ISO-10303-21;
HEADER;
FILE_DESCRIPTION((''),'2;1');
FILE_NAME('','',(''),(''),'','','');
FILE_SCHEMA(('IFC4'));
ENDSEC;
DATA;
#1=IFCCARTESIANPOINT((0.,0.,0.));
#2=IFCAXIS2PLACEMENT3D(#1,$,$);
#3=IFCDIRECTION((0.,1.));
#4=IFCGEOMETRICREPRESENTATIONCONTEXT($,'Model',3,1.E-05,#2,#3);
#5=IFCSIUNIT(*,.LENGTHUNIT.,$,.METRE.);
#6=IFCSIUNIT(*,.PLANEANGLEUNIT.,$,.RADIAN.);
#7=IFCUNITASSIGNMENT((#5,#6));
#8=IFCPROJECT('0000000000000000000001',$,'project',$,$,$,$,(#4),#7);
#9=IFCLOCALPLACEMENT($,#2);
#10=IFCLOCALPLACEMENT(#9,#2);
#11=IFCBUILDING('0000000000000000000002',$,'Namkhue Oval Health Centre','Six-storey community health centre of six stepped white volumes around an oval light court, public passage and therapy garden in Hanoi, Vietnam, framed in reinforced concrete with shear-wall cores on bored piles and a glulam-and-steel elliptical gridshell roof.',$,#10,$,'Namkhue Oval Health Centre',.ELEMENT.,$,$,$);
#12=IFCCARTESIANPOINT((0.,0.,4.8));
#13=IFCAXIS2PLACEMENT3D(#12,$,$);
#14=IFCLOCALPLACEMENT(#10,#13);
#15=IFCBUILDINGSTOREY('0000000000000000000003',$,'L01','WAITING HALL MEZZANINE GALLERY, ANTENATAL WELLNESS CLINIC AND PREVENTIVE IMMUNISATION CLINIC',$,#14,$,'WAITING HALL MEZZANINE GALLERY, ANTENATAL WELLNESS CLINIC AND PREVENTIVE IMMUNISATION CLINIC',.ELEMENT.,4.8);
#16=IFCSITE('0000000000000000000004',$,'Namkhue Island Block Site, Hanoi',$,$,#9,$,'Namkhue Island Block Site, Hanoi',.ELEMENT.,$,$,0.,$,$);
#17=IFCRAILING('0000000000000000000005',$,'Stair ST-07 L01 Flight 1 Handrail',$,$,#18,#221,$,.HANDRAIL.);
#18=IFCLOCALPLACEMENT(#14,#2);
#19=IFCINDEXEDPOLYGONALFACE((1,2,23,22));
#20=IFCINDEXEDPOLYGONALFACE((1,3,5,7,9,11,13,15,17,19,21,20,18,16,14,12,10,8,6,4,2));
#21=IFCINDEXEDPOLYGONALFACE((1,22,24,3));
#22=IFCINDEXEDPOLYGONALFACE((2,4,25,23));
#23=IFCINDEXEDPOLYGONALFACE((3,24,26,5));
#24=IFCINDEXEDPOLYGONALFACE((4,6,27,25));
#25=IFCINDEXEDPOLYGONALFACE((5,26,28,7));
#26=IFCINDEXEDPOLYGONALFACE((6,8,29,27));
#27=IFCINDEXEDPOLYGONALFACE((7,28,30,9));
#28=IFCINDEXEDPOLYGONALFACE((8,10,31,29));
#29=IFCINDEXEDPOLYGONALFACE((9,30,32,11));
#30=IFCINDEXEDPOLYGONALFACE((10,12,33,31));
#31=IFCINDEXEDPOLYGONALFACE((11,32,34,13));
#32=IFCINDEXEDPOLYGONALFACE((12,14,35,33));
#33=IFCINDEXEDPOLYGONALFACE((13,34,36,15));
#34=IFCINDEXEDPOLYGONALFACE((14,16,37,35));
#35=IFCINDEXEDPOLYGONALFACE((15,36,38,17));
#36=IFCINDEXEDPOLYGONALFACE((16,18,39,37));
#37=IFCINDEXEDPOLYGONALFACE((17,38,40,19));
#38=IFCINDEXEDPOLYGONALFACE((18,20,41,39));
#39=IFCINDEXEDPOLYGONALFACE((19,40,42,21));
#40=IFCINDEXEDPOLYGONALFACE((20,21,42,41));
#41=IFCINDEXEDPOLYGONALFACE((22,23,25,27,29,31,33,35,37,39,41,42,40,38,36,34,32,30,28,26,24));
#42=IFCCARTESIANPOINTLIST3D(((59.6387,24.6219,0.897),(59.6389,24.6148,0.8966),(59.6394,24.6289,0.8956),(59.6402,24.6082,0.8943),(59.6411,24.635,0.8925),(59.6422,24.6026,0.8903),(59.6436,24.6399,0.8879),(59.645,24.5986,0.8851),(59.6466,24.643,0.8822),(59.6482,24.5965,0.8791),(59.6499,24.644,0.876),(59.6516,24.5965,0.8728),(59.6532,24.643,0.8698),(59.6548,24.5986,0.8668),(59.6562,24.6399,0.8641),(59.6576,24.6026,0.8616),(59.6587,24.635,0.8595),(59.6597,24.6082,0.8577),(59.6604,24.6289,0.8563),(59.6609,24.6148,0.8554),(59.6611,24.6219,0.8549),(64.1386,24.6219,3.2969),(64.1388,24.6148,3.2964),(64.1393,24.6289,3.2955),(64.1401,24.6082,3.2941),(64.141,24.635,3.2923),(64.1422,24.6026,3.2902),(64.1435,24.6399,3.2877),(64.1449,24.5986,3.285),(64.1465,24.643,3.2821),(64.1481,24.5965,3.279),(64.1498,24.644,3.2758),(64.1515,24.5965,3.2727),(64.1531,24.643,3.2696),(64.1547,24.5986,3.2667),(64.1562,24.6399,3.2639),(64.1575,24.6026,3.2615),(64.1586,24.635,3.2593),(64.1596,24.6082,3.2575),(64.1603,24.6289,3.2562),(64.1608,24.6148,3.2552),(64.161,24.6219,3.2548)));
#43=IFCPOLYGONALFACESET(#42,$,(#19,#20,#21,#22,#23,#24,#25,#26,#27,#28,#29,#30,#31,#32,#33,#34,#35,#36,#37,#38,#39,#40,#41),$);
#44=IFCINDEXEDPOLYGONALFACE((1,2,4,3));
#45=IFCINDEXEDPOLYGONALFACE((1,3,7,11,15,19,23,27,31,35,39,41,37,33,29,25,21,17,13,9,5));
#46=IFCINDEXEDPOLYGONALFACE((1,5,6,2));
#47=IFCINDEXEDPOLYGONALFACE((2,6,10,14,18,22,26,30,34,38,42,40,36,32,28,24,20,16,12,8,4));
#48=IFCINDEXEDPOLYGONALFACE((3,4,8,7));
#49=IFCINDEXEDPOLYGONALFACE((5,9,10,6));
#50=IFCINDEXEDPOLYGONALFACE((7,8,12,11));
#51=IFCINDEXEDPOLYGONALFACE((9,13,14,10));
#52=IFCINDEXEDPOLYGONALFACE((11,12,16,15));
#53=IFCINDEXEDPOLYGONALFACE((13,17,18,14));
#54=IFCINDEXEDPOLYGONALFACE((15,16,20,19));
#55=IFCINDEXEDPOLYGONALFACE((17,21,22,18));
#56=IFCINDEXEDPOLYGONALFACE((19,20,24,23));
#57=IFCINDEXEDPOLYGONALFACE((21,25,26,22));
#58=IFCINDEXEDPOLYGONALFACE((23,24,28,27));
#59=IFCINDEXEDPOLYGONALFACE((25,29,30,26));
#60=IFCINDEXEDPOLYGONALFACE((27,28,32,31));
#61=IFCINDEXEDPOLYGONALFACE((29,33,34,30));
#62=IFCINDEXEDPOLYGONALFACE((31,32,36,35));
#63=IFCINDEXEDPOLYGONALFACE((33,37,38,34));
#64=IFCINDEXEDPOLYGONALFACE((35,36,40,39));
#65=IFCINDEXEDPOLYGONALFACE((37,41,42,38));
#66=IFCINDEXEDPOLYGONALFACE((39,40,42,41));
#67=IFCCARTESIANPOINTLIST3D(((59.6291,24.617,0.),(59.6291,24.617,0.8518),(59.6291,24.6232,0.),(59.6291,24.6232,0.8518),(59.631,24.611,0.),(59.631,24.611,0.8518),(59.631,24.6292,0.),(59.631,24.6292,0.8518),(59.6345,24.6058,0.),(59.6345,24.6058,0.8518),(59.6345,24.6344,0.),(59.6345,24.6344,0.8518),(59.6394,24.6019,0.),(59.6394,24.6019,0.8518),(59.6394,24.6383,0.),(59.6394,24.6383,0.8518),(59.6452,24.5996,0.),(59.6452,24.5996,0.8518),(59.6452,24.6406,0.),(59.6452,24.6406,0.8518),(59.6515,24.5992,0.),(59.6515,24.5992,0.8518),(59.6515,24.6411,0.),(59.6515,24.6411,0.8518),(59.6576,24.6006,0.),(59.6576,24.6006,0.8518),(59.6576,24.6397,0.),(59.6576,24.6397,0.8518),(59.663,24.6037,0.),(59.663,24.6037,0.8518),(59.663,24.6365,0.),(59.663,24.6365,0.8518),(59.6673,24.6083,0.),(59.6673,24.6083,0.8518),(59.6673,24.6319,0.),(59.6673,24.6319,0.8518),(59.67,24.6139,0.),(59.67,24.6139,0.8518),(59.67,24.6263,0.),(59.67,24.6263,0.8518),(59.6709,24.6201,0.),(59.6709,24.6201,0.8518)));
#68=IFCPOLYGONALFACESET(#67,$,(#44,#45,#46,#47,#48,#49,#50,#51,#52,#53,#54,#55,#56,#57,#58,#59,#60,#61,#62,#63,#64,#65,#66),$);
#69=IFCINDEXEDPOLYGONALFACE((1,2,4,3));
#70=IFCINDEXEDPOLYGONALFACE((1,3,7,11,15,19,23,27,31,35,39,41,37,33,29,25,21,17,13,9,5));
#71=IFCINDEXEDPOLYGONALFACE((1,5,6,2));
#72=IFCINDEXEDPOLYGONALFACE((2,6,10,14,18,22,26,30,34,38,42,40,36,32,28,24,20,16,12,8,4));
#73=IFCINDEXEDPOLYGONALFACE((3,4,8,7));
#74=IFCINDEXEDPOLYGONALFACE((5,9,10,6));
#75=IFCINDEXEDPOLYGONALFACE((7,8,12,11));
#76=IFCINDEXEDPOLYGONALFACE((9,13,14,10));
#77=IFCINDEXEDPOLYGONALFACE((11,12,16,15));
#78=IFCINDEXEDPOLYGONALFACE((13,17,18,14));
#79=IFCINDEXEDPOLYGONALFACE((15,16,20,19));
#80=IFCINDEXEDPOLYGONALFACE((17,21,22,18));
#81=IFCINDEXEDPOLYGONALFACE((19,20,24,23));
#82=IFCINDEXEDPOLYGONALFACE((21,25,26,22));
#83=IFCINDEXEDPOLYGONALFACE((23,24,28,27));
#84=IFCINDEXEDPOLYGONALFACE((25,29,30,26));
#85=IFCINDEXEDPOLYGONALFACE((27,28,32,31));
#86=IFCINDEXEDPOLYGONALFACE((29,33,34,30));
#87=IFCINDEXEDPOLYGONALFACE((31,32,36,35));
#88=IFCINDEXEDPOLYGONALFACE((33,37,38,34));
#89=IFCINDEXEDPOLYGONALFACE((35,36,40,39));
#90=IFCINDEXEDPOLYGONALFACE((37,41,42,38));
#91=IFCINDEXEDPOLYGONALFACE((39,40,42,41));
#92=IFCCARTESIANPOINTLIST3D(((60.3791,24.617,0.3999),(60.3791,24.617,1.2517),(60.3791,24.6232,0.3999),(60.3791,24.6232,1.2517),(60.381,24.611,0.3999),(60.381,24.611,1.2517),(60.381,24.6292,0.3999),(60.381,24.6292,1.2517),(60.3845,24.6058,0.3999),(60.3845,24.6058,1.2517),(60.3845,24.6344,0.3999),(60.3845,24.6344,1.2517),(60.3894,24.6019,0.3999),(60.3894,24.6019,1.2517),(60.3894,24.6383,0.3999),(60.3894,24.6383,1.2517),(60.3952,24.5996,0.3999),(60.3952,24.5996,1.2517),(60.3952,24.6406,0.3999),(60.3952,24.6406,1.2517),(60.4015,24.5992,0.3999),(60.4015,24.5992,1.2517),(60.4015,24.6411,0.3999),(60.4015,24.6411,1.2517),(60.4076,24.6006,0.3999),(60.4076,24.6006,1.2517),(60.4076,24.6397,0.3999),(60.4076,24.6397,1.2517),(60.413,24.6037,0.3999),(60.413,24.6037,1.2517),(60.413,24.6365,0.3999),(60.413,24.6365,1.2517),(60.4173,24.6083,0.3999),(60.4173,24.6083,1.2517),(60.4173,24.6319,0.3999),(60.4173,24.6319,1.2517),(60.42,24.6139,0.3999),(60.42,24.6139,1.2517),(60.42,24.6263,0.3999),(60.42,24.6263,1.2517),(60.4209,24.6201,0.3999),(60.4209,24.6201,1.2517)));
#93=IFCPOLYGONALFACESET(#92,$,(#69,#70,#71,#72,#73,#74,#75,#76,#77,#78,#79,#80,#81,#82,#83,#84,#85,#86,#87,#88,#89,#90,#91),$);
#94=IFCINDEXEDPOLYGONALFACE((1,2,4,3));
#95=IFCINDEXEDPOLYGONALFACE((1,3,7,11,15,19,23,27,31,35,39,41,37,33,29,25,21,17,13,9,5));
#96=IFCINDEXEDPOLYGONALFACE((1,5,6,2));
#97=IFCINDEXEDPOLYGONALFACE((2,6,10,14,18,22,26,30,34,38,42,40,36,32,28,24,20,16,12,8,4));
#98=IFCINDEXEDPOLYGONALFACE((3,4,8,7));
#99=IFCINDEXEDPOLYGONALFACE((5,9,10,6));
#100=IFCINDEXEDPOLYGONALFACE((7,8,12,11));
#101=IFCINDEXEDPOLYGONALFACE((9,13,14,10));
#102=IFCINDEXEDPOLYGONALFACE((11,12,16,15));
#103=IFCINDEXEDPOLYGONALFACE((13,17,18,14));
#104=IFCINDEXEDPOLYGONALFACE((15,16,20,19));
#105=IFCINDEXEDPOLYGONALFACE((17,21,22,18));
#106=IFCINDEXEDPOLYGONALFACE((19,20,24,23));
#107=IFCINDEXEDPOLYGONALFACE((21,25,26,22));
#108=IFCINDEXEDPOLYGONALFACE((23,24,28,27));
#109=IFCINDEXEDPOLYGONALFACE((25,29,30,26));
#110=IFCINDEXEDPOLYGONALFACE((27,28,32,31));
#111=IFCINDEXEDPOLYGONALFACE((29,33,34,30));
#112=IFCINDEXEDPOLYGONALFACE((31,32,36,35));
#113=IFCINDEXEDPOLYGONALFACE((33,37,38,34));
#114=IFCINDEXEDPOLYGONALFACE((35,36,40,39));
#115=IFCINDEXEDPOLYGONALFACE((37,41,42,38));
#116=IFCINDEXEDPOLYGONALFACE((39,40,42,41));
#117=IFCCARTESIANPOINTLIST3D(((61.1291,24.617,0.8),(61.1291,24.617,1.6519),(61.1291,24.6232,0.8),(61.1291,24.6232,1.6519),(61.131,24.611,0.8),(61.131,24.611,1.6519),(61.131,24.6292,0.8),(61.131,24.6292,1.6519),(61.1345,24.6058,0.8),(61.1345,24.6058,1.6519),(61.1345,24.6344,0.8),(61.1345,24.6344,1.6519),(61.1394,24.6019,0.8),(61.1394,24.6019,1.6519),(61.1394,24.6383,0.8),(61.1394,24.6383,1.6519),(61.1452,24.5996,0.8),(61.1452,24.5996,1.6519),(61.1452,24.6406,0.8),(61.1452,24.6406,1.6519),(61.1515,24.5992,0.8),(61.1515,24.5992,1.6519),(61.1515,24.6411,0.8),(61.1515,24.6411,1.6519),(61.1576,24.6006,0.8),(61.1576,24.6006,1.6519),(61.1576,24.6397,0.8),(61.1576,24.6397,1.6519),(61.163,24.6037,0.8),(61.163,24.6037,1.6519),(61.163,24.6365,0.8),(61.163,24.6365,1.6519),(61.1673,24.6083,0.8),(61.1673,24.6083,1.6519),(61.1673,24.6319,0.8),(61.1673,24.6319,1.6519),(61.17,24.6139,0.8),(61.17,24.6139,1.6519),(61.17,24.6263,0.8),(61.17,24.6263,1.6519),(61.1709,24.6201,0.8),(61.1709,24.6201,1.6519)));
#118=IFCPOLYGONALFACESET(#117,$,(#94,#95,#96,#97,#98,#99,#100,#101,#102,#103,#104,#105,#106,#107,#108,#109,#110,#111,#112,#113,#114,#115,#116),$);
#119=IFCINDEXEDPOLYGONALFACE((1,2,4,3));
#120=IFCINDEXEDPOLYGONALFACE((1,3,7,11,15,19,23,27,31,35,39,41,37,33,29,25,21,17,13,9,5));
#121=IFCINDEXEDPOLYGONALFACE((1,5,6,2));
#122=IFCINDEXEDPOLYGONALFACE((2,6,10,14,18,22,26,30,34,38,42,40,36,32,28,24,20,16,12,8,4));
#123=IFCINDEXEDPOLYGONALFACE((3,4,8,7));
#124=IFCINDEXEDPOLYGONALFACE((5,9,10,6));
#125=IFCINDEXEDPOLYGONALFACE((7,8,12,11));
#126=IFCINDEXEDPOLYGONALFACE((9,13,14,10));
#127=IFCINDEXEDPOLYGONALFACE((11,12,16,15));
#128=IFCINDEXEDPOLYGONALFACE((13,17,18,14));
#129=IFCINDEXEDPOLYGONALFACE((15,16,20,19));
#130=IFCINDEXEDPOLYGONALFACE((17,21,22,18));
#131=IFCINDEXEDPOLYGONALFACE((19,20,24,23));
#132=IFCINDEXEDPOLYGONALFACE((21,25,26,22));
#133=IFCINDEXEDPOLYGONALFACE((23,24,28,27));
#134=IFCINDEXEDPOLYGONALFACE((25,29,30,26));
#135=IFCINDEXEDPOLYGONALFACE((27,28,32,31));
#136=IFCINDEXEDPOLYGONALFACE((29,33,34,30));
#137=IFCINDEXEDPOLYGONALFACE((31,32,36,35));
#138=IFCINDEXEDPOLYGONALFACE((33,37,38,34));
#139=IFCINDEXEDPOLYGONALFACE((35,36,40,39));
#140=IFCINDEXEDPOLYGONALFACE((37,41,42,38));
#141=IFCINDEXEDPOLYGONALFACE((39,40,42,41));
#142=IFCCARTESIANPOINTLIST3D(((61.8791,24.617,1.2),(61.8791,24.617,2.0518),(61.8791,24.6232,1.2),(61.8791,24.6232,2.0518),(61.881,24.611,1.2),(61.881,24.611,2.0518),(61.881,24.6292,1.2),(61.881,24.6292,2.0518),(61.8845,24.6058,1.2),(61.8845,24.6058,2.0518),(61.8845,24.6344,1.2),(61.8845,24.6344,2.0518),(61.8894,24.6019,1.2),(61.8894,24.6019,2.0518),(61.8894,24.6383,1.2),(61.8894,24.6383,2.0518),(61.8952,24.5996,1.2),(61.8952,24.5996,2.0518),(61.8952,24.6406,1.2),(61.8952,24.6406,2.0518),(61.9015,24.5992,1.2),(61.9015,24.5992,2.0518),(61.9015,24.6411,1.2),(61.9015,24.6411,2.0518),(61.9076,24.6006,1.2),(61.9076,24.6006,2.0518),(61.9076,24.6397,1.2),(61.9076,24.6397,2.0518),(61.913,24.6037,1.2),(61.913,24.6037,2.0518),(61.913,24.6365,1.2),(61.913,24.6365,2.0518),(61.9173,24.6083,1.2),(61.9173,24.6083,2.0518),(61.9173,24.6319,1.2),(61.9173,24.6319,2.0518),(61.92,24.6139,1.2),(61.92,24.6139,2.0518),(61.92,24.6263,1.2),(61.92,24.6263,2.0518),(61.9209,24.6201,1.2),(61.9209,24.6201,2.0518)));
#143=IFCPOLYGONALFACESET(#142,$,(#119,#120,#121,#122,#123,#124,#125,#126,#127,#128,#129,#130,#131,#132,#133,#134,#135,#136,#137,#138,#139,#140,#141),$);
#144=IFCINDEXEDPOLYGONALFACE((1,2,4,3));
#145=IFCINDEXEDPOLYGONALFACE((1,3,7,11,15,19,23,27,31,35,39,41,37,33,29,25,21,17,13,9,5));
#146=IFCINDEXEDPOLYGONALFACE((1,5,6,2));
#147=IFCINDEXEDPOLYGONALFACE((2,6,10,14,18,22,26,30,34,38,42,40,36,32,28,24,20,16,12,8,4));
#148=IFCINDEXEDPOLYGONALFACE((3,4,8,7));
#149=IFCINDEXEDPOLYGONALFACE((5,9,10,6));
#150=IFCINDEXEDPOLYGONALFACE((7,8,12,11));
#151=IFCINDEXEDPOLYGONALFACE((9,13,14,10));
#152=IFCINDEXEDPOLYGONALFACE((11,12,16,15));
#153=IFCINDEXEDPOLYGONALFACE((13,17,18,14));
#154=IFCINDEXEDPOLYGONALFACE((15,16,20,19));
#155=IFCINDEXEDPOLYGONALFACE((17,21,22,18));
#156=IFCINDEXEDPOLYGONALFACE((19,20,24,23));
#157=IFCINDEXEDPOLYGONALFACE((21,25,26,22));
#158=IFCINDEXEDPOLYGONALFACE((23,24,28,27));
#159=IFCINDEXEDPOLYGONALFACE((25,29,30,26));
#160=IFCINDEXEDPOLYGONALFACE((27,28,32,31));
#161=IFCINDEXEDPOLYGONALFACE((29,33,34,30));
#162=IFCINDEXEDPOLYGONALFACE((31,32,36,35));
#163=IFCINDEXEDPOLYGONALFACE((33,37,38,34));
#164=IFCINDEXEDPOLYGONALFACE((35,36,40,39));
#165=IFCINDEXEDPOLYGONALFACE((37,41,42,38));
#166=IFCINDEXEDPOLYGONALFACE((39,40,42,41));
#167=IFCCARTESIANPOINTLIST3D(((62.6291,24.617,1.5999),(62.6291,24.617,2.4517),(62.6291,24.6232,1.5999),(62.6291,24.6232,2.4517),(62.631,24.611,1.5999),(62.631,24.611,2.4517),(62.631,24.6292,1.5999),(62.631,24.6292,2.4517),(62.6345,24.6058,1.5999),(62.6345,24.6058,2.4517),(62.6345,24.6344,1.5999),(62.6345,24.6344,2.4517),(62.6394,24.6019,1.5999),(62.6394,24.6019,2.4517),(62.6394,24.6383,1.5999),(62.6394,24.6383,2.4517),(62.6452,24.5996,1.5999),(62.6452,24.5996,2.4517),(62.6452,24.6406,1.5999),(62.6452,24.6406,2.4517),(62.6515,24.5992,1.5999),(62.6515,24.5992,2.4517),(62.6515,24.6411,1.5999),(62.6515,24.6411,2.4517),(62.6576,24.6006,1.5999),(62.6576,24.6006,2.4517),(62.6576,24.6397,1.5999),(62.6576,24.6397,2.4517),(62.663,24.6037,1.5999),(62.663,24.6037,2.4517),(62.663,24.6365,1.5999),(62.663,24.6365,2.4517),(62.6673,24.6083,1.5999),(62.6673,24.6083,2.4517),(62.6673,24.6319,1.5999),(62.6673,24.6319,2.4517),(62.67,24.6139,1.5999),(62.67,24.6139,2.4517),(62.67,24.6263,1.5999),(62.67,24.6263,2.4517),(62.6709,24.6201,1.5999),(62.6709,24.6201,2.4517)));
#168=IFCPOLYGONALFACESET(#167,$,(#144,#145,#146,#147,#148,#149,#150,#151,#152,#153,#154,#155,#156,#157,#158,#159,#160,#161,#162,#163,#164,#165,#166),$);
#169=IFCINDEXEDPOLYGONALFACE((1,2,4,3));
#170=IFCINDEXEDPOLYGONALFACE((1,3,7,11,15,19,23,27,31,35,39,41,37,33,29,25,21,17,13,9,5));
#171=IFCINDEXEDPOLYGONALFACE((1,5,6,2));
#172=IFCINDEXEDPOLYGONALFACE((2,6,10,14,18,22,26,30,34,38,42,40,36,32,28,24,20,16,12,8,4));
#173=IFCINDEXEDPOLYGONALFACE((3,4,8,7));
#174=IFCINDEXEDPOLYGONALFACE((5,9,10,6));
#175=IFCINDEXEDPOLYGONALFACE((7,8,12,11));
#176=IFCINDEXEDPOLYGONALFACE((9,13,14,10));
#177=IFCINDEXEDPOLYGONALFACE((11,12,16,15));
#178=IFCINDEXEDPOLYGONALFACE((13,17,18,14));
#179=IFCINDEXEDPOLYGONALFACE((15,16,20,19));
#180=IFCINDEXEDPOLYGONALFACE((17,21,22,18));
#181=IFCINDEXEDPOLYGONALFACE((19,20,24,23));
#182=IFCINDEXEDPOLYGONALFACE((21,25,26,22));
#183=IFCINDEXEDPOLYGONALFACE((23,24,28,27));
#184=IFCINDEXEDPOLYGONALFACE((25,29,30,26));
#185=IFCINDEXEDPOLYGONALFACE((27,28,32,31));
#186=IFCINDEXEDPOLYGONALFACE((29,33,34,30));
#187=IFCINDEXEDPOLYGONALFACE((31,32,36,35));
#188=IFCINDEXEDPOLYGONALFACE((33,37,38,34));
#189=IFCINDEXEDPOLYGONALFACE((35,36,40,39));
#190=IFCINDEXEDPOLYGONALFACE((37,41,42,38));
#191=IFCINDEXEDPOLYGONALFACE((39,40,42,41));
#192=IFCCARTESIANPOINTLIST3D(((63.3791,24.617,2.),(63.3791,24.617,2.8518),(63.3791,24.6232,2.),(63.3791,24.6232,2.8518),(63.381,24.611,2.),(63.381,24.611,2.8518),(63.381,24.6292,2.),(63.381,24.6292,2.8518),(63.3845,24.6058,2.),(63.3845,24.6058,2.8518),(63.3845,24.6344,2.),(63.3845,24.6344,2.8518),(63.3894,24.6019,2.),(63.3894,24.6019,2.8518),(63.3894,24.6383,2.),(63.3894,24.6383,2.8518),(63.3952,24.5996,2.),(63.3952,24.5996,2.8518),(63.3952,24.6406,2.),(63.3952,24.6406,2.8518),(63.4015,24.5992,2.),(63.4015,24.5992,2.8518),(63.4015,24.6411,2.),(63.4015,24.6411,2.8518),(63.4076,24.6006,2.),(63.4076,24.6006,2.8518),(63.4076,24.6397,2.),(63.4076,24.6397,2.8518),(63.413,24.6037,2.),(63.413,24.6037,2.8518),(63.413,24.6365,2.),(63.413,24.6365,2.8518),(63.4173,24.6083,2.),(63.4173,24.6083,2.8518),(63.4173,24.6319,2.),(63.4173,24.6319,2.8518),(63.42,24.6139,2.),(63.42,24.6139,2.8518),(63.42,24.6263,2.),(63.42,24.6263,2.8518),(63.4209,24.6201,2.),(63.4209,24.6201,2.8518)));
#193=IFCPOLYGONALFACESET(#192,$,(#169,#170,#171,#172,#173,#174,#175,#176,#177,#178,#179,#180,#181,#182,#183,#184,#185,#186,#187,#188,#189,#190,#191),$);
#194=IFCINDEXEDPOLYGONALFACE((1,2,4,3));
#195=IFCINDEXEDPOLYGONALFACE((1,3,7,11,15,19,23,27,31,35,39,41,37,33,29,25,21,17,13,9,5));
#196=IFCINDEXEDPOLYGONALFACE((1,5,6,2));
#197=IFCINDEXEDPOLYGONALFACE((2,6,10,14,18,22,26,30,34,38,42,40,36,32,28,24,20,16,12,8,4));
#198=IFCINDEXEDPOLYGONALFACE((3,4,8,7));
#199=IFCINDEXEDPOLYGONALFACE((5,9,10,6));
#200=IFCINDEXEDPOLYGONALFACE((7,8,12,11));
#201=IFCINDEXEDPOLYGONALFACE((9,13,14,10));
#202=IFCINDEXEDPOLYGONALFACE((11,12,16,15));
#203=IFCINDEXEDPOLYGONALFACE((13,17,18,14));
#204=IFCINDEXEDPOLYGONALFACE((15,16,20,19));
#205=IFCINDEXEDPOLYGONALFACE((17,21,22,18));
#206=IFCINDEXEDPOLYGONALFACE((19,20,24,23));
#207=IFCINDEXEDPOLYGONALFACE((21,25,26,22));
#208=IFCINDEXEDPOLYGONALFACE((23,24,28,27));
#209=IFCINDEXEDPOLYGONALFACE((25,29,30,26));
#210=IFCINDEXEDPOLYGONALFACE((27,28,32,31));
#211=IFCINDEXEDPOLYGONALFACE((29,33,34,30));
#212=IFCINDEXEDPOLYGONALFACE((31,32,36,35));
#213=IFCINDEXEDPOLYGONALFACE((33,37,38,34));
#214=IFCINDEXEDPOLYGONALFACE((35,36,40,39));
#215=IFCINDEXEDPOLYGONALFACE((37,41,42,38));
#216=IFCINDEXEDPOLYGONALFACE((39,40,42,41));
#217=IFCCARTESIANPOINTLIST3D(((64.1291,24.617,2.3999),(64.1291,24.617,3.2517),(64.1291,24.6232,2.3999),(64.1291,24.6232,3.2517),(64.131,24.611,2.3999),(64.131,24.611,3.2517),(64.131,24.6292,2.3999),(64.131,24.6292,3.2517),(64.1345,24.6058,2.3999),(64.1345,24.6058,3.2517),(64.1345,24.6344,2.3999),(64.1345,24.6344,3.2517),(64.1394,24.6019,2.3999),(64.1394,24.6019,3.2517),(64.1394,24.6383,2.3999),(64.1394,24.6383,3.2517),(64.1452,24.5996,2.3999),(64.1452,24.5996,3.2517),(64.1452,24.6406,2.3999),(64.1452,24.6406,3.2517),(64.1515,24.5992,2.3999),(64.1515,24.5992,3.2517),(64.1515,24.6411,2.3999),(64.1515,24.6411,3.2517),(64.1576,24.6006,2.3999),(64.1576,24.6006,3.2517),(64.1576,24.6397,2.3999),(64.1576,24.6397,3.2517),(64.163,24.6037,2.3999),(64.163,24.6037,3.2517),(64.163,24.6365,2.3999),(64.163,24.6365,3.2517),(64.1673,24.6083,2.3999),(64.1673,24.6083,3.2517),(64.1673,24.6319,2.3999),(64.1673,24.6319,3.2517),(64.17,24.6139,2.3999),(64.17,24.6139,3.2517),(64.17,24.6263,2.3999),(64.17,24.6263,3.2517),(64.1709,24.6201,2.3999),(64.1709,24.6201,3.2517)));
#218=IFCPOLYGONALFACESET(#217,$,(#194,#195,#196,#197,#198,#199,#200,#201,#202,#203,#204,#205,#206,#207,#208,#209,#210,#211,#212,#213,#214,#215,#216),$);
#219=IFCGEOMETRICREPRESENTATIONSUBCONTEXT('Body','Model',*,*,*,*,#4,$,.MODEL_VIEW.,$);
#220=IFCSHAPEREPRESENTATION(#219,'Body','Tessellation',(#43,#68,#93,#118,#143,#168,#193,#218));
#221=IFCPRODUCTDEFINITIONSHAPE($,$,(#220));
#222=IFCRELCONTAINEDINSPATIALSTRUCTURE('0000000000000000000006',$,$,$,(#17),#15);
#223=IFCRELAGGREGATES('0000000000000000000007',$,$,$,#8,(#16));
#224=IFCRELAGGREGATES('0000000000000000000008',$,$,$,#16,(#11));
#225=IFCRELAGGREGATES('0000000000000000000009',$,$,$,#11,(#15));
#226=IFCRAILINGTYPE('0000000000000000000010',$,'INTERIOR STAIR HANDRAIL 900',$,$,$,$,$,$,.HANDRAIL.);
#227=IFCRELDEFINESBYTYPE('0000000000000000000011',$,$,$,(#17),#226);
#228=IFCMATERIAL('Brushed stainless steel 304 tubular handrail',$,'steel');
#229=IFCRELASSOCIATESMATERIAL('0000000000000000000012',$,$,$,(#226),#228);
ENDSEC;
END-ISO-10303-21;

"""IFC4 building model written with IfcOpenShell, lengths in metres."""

from ifc_helpers import new_model, si_unit, direction, frame, origin, origin_2d, place, context, subcontext, project, spatial, circle, extrude, material, type_object, element, save


model = new_model("IFC4")

# Units and contexts
model_context = context("Model", 3, precision=1e-05, world=origin(), true_north=direction((0.0, 1.0)))
body_context = subcontext(model_context, "Body", "Model", "MODEL_VIEW")
ifc_project = project(units=[si_unit("LENGTHUNIT", "METRE"), si_unit("PLANEANGLEUNIT", "RADIAN")], contexts=[model_context])

# Site, building, storey
site_placement = place(None, origin())
site = spatial("IfcSite", under=ifc_project, at=site_placement, Name="Namkhue Island Block Site, Hanoi", LongName="Namkhue Island Block Site, Hanoi", CompositionType="ELEMENT", RefElevation=0.0)
building_placement = place(site_placement, origin())
building = spatial("IfcBuilding", under=site, at=building_placement, Name="Namkhue Oval Health Centre", Description="Six-storey community health centre of six stepped white volumes around an oval light court, public passage and therapy garden in Hanoi, Vietnam, framed in reinforced concrete with shear-wall cores on bored piles and a glulam-and-steel elliptical gridshell roof.", LongName="Namkhue Oval Health Centre", CompositionType="ELEMENT")
storey_placement = place(building_placement, frame((0.0, 0.0, 4.8)))
storey = spatial("IfcBuildingStorey", under=building, at=storey_placement, Name="L01", Description="WAITING HALL MEZZANINE GALLERY, ANTENATAL WELLNESS CLINIC AND PREVENTIVE IMMUNISATION CLINIC", LongName="WAITING HALL MEZZANINE GALLERY, ANTENATAL WELLNESS CLINIC AND PREVENTIVE IMMUNISATION CLINIC", CompositionType="ELEMENT", Elevation=4.8)

# Railing
ifc_material_1 = material(Name="Brushed stainless steel 304 tubular handrail", Category="steel")
railing_type_1 = type_object("IfcRailingType", Name="INTERIOR STAIR HANDRAIL 900", PredefinedType="HANDRAIL", material=ifc_material_1)
railing_1_placement = place(storey_placement, frame((59.6499, 24.6201, 0.0)))
element("IfcRailing", 1, at=railing_1_placement, inside=storey, type_object=railing_type_1, Name="Stair ST-07 L01 Flight 1 Handrail", PredefinedType="HANDRAIL", context=body_context, shape_type="SweptSolid", body=[
    extrude(circle(Radius=0.0239, at=origin_2d()), frame((0.0, 0.0, 0.876), z_axis=(0.882361, 0.0, 0.470573), x_axis=(0.0, 1.0, 0.0)), (0.0, 0.0, 1.0), 5.0999),
    extrude(circle(Radius=0.021, at=origin_2d()), origin(), (0.0, 0.0, 1.0), 0.8518),
    extrude(circle(Radius=0.021, at=origin_2d()), frame((0.75, 0.0, 0.3999)), (0.0, 0.0, 1.0), 0.8518),
    extrude(circle(Radius=0.021, at=origin_2d()), frame((1.5, 0.0, 0.8)), (0.0, 0.0, 1.0), 0.8518),
    extrude(circle(Radius=0.021, at=origin_2d()), frame((2.25, 0.0, 1.2)), (0.0, 0.0, 1.0), 0.8518),
    extrude(circle(Radius=0.021, at=origin_2d()), frame((3.0, 0.0, 1.5999)), (0.0, 0.0, 1.0), 0.8518),
    extrude(circle(Radius=0.021, at=origin_2d()), frame((3.75, 0.0, 2.0)), (0.0, 0.0, 1.0), 0.8518),
    extrude(circle(Radius=0.021, at=origin_2d()), frame((4.5, 0.0, 2.3999)), (0.0, 0.0, 1.0), 0.8518),
])

save(model, "model.ifc")
